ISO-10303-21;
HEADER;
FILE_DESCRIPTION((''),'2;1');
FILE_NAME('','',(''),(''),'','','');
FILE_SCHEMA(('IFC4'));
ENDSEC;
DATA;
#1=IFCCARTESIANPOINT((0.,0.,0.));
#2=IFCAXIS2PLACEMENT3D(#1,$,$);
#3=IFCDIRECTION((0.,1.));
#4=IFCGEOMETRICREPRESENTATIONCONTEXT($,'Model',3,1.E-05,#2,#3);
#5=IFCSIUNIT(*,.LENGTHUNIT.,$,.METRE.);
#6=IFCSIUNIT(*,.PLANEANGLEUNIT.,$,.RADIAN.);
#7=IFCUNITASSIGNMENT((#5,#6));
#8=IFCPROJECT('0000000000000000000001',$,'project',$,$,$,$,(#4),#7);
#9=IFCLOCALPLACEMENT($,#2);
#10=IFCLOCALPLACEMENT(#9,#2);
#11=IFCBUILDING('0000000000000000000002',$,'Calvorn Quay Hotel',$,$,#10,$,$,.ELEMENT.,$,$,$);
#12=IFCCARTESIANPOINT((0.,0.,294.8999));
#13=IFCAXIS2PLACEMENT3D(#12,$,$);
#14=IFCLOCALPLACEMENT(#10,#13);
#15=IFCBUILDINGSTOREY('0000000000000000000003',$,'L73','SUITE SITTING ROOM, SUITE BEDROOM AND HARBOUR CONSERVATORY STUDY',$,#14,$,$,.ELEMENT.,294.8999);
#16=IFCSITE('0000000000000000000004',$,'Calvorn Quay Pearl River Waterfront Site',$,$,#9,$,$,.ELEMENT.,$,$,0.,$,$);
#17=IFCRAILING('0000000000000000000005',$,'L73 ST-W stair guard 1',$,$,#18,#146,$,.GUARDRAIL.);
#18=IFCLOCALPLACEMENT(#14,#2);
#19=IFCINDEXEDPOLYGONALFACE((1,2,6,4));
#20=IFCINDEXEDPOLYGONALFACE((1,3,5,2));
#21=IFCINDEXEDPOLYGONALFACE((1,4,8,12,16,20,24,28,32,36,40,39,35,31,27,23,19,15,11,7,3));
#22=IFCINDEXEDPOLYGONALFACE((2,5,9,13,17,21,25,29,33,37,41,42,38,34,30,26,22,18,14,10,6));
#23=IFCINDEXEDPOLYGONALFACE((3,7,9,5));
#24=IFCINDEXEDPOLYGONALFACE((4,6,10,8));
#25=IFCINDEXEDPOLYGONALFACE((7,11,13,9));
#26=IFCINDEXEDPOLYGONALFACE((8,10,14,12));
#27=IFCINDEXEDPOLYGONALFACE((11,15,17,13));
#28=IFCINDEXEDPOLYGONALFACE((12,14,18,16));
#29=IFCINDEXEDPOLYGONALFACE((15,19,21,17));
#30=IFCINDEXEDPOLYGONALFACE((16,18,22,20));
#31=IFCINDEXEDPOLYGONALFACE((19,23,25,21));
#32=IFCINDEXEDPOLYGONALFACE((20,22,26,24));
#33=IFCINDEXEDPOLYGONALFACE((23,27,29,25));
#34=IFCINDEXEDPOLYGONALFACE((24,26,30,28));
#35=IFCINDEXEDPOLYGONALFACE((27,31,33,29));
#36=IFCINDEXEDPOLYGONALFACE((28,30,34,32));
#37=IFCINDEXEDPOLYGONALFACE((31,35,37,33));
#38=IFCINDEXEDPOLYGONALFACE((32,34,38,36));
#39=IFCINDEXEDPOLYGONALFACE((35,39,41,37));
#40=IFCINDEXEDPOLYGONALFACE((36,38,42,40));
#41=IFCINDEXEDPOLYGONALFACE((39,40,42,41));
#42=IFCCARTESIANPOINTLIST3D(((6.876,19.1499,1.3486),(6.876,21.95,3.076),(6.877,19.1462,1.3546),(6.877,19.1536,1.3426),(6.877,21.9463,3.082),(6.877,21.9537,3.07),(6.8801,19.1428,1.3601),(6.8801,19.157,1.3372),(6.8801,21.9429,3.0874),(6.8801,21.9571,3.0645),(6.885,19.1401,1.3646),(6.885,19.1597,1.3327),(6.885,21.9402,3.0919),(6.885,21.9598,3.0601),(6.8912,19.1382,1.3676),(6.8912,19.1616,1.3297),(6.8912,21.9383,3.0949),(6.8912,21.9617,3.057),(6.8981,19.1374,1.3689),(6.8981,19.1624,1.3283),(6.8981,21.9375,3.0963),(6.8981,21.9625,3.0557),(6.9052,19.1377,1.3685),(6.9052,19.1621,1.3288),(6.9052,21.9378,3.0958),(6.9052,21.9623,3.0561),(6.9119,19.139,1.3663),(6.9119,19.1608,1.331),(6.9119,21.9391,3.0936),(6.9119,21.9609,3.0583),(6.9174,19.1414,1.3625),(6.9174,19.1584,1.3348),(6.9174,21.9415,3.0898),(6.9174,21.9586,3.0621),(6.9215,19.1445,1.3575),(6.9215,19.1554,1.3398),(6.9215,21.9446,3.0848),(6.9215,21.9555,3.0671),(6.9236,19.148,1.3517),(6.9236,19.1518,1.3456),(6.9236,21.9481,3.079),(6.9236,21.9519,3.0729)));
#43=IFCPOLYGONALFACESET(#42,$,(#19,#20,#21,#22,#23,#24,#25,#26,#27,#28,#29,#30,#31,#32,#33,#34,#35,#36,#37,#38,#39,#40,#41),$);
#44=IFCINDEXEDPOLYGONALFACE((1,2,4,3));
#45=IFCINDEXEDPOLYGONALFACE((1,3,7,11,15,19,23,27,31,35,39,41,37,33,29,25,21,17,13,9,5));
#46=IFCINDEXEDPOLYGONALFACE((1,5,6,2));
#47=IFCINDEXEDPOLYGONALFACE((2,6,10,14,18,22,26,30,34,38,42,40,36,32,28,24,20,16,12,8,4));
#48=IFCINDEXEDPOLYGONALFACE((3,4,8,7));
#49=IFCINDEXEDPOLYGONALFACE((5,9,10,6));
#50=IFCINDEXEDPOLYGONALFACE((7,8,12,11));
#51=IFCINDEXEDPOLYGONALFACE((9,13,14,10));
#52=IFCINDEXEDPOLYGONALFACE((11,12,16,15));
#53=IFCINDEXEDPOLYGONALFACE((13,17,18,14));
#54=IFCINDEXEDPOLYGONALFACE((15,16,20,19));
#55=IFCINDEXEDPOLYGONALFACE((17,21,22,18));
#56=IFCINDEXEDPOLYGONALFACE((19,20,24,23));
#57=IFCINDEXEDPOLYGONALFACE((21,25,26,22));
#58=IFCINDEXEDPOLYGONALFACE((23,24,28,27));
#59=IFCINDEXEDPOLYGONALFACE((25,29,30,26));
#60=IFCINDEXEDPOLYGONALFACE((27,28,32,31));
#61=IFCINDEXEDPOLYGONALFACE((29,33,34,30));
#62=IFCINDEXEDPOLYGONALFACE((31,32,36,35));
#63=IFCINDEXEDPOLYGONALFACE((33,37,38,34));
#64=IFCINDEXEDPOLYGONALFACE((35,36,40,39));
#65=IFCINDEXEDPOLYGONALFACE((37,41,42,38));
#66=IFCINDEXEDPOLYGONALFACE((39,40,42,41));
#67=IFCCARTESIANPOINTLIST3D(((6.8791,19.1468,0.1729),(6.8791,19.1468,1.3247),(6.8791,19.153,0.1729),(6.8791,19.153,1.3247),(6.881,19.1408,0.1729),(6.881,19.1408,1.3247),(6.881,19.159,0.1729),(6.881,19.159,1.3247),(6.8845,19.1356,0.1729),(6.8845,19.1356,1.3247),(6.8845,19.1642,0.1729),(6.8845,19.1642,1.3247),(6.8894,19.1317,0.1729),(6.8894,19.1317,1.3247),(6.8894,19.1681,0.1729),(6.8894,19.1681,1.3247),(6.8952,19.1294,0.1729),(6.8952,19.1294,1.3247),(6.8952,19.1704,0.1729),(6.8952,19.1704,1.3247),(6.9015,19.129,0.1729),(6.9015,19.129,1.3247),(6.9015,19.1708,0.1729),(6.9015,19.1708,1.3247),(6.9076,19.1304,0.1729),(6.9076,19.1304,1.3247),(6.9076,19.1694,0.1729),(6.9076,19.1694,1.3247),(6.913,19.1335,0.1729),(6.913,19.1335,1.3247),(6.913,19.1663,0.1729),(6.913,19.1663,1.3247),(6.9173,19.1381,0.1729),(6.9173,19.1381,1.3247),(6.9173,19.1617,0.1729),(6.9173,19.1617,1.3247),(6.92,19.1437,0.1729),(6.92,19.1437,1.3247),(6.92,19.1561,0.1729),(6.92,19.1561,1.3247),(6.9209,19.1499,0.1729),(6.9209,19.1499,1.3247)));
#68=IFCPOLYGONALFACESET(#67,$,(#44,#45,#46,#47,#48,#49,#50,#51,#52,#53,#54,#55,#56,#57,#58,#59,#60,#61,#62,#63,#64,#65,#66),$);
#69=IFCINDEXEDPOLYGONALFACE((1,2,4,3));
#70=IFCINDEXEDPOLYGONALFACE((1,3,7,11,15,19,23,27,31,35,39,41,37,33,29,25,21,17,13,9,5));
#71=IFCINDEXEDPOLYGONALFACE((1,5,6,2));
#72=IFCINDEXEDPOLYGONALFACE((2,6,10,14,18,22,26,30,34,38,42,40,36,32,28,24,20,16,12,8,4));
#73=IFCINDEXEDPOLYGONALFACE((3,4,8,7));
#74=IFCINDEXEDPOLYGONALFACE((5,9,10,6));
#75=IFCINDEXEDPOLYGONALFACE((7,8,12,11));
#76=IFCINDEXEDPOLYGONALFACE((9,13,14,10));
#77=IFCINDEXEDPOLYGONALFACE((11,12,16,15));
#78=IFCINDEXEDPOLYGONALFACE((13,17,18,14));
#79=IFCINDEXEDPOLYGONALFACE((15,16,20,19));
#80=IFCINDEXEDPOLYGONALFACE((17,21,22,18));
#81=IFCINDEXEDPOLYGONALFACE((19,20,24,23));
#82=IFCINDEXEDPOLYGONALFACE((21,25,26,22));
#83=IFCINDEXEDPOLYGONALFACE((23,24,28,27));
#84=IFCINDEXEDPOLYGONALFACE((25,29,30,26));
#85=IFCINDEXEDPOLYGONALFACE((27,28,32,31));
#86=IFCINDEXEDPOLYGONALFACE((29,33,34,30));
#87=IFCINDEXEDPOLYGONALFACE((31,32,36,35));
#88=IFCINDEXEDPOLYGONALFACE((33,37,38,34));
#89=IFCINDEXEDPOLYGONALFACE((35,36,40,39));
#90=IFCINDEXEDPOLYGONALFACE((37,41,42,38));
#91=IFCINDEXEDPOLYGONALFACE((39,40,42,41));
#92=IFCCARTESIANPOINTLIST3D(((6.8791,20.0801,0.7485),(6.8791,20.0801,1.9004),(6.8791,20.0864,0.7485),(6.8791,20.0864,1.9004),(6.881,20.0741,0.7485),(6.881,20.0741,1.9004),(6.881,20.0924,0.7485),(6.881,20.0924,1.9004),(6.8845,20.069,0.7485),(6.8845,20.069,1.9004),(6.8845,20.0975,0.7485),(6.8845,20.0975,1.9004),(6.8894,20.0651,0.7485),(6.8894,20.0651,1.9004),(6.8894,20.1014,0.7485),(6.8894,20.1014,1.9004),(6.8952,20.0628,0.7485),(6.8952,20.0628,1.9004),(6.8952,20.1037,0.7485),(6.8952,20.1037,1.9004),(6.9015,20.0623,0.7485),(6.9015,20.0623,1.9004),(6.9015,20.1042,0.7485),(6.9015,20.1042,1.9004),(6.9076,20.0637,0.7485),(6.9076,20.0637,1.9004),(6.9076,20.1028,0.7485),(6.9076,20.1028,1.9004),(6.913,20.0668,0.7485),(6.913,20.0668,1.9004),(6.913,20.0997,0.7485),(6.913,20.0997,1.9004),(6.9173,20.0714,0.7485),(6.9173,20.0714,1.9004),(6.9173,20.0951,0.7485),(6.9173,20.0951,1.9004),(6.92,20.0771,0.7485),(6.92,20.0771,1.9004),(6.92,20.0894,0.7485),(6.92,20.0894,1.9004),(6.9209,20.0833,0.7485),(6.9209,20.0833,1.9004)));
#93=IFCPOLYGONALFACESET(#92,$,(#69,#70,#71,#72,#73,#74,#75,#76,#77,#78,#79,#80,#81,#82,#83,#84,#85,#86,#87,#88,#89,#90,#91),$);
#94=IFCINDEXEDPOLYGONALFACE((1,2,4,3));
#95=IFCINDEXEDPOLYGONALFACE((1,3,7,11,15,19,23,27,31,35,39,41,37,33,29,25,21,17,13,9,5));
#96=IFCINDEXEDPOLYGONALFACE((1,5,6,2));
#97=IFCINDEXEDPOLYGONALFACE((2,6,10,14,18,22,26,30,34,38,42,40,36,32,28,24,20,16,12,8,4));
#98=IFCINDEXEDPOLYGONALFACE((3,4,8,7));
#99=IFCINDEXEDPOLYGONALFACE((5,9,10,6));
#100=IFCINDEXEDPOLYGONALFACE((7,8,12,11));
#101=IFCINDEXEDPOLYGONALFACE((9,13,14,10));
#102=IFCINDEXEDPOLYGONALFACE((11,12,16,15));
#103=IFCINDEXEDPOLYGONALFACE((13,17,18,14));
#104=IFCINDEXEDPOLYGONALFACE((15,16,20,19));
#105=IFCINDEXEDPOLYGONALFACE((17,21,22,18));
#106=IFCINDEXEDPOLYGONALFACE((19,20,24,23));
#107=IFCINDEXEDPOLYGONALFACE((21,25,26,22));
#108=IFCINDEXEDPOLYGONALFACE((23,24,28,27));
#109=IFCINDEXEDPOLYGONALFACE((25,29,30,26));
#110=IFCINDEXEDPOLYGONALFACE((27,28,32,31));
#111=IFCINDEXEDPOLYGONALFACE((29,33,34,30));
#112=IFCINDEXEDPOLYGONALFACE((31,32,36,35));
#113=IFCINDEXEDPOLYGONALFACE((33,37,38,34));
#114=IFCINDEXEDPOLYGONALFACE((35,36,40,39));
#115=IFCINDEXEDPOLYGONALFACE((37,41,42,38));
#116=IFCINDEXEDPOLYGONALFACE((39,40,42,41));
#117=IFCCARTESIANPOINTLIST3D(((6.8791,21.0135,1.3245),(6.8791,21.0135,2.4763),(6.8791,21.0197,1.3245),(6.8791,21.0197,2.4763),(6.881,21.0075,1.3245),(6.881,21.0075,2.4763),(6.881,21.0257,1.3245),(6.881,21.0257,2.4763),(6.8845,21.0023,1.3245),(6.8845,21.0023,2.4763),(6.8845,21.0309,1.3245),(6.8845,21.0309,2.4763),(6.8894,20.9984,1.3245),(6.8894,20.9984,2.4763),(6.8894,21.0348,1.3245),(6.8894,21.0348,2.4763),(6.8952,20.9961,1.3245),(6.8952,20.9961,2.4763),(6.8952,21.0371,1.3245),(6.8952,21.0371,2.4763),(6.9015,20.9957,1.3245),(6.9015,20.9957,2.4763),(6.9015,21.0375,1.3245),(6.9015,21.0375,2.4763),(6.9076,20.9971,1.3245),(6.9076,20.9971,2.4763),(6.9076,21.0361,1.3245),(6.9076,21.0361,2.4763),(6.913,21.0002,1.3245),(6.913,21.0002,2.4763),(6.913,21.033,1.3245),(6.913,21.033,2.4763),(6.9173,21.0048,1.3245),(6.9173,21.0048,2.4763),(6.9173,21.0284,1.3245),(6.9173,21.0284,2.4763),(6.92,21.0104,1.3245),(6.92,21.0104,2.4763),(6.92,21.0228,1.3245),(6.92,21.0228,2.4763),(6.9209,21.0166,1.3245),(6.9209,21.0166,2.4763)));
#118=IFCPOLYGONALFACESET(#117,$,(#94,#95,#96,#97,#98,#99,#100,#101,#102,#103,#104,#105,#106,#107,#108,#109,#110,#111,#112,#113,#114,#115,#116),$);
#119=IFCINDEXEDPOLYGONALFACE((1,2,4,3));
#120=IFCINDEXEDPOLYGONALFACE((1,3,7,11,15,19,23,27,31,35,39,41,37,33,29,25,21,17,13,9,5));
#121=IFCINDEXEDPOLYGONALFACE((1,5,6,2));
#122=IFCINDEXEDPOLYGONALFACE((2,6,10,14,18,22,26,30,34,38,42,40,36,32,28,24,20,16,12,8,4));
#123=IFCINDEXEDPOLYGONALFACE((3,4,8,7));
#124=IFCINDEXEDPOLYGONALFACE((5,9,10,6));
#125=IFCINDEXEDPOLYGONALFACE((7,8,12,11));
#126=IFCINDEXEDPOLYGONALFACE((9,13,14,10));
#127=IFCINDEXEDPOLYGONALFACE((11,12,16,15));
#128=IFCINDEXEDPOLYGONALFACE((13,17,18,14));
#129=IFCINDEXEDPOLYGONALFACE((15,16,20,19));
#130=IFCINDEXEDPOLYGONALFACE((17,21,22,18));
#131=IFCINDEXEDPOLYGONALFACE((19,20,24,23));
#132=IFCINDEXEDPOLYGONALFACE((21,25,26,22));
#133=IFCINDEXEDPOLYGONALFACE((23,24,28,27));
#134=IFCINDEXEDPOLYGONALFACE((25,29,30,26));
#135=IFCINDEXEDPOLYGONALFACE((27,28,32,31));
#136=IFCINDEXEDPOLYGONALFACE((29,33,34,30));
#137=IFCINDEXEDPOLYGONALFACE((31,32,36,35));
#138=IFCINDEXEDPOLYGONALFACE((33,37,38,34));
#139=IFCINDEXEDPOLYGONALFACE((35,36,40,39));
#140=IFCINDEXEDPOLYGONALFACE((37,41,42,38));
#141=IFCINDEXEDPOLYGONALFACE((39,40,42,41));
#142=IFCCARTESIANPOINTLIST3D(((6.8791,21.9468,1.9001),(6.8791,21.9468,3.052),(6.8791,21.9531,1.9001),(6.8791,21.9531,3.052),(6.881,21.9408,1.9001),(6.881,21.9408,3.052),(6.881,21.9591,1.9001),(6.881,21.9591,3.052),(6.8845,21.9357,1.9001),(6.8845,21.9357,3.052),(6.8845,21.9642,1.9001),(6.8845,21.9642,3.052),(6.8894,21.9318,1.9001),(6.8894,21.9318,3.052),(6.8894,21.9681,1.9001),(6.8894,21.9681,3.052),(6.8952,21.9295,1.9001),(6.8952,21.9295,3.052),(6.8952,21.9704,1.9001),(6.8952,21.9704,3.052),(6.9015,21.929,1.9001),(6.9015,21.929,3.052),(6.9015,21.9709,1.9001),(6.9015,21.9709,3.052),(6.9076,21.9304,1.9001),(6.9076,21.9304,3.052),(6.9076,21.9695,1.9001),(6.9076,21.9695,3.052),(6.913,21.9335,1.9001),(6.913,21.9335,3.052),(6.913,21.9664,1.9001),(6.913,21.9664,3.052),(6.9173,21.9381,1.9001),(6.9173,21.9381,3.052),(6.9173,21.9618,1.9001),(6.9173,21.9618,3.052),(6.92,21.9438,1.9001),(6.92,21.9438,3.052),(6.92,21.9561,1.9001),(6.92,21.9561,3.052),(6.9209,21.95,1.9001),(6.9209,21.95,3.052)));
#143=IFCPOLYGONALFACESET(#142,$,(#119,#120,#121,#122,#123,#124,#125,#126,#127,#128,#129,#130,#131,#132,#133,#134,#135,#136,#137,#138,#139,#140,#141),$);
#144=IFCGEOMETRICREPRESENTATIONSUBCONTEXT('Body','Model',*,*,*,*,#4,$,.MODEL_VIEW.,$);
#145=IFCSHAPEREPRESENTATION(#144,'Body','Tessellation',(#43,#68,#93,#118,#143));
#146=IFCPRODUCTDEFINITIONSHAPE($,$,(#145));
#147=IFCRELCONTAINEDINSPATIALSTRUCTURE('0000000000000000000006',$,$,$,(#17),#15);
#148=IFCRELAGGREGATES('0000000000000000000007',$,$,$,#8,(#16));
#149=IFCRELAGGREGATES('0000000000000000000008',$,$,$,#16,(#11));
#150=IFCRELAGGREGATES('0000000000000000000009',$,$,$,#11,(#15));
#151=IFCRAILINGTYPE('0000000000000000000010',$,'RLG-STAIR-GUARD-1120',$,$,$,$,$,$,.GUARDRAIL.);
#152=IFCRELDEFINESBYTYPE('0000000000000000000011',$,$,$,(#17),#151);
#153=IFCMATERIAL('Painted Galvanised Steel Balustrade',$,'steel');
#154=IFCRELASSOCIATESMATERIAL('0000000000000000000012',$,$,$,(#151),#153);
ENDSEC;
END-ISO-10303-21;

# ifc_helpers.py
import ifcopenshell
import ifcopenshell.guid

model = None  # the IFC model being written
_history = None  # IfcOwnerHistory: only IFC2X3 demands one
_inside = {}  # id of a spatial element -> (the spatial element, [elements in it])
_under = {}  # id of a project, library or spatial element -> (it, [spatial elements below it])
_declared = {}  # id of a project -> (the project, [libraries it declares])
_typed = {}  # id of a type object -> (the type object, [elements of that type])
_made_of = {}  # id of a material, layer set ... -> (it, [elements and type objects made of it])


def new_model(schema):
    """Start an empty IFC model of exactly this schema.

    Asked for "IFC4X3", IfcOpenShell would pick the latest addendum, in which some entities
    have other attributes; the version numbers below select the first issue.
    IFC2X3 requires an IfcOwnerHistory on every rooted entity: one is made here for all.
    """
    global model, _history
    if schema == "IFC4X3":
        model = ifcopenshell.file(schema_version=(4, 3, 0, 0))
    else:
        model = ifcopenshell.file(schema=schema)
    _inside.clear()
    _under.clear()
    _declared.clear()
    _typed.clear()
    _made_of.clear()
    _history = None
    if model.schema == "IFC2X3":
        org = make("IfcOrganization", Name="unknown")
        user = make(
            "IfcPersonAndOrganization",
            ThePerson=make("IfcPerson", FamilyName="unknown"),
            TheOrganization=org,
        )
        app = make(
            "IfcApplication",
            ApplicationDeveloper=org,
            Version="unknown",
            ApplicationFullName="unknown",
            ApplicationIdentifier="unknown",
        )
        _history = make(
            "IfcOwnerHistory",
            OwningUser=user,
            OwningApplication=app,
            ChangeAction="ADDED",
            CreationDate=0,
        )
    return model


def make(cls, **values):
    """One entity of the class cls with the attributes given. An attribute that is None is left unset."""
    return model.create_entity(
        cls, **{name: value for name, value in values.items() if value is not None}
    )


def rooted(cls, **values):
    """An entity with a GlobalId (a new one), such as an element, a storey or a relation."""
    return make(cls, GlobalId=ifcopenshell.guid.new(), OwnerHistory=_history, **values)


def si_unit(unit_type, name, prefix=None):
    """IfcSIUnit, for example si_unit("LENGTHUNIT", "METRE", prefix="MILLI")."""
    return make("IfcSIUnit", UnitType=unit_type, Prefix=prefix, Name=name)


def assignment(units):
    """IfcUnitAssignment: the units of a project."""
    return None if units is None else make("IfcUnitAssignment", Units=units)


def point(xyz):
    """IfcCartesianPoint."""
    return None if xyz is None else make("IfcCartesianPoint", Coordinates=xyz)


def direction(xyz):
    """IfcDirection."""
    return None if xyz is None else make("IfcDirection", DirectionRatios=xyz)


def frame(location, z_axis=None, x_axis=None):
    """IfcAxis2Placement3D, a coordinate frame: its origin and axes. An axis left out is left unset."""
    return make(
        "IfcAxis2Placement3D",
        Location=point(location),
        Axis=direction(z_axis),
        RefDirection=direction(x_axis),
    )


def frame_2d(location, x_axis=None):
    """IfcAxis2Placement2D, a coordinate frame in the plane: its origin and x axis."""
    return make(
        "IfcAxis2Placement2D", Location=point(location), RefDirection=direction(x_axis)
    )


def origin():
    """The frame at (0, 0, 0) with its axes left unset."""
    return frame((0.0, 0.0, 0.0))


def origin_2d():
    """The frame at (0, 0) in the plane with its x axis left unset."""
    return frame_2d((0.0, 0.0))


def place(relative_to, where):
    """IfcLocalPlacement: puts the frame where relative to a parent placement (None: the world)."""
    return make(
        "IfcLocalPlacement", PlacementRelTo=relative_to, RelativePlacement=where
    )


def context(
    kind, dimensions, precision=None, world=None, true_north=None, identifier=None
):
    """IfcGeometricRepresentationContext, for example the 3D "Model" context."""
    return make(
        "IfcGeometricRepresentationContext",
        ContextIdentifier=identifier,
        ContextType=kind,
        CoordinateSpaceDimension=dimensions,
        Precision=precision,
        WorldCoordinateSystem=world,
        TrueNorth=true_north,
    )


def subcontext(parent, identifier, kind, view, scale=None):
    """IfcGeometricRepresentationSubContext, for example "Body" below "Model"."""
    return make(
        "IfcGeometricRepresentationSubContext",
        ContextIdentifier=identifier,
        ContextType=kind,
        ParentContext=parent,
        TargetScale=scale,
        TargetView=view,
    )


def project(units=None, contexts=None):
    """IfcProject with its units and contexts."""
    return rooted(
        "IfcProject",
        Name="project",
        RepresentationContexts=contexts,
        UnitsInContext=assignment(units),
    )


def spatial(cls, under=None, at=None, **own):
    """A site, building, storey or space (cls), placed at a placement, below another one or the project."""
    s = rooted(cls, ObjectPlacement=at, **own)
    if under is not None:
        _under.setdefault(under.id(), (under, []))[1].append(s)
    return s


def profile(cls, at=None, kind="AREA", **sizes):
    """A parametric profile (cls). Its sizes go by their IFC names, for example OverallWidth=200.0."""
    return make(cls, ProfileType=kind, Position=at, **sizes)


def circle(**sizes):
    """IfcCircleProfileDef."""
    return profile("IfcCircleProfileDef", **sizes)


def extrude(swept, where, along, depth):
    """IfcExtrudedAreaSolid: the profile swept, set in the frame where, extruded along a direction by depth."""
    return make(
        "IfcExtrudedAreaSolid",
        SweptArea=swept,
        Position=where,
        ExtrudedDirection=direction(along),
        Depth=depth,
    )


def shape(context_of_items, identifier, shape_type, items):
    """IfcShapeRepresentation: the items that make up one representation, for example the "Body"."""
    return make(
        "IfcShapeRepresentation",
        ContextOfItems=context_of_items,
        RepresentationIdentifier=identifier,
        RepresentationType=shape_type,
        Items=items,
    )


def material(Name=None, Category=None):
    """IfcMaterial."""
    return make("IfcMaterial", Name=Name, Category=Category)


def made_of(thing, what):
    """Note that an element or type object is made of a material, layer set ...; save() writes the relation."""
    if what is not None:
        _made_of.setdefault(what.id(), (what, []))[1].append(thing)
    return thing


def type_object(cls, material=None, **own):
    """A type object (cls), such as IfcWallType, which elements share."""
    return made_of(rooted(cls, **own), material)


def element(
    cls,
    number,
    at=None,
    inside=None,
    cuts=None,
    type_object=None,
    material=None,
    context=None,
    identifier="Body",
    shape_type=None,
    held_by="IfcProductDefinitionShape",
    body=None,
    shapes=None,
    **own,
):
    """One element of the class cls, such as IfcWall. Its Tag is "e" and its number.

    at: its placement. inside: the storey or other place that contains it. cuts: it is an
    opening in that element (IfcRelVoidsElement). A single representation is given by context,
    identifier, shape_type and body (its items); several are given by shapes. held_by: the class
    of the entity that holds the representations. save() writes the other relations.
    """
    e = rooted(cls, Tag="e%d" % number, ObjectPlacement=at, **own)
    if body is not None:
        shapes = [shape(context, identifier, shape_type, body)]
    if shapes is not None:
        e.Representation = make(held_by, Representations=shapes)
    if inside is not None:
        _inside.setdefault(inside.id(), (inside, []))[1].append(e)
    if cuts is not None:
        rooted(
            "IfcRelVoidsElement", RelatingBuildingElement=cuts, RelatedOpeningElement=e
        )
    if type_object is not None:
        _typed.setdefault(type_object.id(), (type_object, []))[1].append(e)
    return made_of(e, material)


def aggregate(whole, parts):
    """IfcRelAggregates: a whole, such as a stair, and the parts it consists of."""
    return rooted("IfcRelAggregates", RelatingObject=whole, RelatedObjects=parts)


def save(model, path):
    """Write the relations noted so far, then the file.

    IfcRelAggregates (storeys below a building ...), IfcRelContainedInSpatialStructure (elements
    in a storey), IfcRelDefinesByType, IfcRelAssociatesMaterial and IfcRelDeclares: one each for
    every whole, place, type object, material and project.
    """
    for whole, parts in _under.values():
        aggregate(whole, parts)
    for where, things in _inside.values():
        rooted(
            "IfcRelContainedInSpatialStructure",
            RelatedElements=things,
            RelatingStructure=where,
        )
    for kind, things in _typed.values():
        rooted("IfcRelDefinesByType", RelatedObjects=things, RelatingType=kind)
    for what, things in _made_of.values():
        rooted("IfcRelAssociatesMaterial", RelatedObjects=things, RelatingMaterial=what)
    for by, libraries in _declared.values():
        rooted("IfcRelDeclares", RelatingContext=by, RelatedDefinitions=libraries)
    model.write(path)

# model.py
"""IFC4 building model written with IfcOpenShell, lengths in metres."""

from ifc_helpers import new_model, si_unit, direction, frame, origin, origin_2d, place, context, subcontext, project, spatial, circle, extrude, material, type_object, element, save


model = new_model("IFC4")

# Units and contexts
model_context = context("Model", 3, precision=1e-05, world=origin(), true_north=direction((0.0, 1.0)))
body_context = subcontext(model_context, "Body", "Model", "MODEL_VIEW")
ifc_project = project(units=[si_unit("LENGTHUNIT", "METRE"), si_unit("PLANEANGLEUNIT", "RADIAN")], contexts=[model_context])

# Site, building, storey
site_placement = place(None, origin())
site = spatial("IfcSite", under=ifc_project, at=site_placement, Name="Calvorn Quay Pearl River Waterfront Site", CompositionType="ELEMENT", RefElevation=0.0)
building_placement = place(site_placement, origin())
building = spatial("IfcBuilding", under=site, at=building_placement, Name="Calvorn Quay Hotel", CompositionType="ELEMENT")
storey_placement = place(building_placement, frame((0.0, 0.0, 294.8999)))
storey = spatial("IfcBuildingStorey", under=building, at=storey_placement, Name="L73", Description="SUITE SITTING ROOM, SUITE BEDROOM AND HARBOUR CONSERVATORY STUDY", CompositionType="ELEMENT", Elevation=294.8999)

# Railing
ifc_material_1 = material(Name="Painted Galvanised Steel Balustrade", Category="steel")
railing_type_1 = type_object("IfcRailingType", Name="RLG-STAIR-GUARD-1120", PredefinedType="GUARDRAIL", material=ifc_material_1)
railing_1_placement = place(storey_placement, frame((6.8999, 19.1499, 0.1729)))
element("IfcRailing", 1, at=railing_1_placement, inside=storey, type_object=railing_type_1, Name="L73 ST-W stair guard 1", PredefinedType="GUARDRAIL", context=body_context, shape_type="SweptSolid", body=[
    extrude(circle(Radius=0.0239, at=origin_2d()), frame((0.0, 0.0, 1.1758), z_axis=(0.0, 0.85109, 0.52502), x_axis=(-1.0, 0.0, 0.0)), (0.0, 0.0, 1.0), 3.29),
    extrude(circle(Radius=0.021, at=origin_2d()), origin(), (0.0, 0.0, 1.0), 1.1519),
    extrude(circle(Radius=0.021, at=origin_2d()), frame((0.0, 0.9333, 0.5757)), (0.0, 0.0, 1.0), 1.1519),
    extrude(circle(Radius=0.021, at=origin_2d()), frame((0.0, 1.8667, 1.1516)), (0.0, 0.0, 1.0), 1.1519),
    extrude(circle(Radius=0.021, at=origin_2d()), frame((0.0, 2.8, 1.7273)), (0.0, 0.0, 1.0), 1.1519),
])

save(model, "model.ifc")
